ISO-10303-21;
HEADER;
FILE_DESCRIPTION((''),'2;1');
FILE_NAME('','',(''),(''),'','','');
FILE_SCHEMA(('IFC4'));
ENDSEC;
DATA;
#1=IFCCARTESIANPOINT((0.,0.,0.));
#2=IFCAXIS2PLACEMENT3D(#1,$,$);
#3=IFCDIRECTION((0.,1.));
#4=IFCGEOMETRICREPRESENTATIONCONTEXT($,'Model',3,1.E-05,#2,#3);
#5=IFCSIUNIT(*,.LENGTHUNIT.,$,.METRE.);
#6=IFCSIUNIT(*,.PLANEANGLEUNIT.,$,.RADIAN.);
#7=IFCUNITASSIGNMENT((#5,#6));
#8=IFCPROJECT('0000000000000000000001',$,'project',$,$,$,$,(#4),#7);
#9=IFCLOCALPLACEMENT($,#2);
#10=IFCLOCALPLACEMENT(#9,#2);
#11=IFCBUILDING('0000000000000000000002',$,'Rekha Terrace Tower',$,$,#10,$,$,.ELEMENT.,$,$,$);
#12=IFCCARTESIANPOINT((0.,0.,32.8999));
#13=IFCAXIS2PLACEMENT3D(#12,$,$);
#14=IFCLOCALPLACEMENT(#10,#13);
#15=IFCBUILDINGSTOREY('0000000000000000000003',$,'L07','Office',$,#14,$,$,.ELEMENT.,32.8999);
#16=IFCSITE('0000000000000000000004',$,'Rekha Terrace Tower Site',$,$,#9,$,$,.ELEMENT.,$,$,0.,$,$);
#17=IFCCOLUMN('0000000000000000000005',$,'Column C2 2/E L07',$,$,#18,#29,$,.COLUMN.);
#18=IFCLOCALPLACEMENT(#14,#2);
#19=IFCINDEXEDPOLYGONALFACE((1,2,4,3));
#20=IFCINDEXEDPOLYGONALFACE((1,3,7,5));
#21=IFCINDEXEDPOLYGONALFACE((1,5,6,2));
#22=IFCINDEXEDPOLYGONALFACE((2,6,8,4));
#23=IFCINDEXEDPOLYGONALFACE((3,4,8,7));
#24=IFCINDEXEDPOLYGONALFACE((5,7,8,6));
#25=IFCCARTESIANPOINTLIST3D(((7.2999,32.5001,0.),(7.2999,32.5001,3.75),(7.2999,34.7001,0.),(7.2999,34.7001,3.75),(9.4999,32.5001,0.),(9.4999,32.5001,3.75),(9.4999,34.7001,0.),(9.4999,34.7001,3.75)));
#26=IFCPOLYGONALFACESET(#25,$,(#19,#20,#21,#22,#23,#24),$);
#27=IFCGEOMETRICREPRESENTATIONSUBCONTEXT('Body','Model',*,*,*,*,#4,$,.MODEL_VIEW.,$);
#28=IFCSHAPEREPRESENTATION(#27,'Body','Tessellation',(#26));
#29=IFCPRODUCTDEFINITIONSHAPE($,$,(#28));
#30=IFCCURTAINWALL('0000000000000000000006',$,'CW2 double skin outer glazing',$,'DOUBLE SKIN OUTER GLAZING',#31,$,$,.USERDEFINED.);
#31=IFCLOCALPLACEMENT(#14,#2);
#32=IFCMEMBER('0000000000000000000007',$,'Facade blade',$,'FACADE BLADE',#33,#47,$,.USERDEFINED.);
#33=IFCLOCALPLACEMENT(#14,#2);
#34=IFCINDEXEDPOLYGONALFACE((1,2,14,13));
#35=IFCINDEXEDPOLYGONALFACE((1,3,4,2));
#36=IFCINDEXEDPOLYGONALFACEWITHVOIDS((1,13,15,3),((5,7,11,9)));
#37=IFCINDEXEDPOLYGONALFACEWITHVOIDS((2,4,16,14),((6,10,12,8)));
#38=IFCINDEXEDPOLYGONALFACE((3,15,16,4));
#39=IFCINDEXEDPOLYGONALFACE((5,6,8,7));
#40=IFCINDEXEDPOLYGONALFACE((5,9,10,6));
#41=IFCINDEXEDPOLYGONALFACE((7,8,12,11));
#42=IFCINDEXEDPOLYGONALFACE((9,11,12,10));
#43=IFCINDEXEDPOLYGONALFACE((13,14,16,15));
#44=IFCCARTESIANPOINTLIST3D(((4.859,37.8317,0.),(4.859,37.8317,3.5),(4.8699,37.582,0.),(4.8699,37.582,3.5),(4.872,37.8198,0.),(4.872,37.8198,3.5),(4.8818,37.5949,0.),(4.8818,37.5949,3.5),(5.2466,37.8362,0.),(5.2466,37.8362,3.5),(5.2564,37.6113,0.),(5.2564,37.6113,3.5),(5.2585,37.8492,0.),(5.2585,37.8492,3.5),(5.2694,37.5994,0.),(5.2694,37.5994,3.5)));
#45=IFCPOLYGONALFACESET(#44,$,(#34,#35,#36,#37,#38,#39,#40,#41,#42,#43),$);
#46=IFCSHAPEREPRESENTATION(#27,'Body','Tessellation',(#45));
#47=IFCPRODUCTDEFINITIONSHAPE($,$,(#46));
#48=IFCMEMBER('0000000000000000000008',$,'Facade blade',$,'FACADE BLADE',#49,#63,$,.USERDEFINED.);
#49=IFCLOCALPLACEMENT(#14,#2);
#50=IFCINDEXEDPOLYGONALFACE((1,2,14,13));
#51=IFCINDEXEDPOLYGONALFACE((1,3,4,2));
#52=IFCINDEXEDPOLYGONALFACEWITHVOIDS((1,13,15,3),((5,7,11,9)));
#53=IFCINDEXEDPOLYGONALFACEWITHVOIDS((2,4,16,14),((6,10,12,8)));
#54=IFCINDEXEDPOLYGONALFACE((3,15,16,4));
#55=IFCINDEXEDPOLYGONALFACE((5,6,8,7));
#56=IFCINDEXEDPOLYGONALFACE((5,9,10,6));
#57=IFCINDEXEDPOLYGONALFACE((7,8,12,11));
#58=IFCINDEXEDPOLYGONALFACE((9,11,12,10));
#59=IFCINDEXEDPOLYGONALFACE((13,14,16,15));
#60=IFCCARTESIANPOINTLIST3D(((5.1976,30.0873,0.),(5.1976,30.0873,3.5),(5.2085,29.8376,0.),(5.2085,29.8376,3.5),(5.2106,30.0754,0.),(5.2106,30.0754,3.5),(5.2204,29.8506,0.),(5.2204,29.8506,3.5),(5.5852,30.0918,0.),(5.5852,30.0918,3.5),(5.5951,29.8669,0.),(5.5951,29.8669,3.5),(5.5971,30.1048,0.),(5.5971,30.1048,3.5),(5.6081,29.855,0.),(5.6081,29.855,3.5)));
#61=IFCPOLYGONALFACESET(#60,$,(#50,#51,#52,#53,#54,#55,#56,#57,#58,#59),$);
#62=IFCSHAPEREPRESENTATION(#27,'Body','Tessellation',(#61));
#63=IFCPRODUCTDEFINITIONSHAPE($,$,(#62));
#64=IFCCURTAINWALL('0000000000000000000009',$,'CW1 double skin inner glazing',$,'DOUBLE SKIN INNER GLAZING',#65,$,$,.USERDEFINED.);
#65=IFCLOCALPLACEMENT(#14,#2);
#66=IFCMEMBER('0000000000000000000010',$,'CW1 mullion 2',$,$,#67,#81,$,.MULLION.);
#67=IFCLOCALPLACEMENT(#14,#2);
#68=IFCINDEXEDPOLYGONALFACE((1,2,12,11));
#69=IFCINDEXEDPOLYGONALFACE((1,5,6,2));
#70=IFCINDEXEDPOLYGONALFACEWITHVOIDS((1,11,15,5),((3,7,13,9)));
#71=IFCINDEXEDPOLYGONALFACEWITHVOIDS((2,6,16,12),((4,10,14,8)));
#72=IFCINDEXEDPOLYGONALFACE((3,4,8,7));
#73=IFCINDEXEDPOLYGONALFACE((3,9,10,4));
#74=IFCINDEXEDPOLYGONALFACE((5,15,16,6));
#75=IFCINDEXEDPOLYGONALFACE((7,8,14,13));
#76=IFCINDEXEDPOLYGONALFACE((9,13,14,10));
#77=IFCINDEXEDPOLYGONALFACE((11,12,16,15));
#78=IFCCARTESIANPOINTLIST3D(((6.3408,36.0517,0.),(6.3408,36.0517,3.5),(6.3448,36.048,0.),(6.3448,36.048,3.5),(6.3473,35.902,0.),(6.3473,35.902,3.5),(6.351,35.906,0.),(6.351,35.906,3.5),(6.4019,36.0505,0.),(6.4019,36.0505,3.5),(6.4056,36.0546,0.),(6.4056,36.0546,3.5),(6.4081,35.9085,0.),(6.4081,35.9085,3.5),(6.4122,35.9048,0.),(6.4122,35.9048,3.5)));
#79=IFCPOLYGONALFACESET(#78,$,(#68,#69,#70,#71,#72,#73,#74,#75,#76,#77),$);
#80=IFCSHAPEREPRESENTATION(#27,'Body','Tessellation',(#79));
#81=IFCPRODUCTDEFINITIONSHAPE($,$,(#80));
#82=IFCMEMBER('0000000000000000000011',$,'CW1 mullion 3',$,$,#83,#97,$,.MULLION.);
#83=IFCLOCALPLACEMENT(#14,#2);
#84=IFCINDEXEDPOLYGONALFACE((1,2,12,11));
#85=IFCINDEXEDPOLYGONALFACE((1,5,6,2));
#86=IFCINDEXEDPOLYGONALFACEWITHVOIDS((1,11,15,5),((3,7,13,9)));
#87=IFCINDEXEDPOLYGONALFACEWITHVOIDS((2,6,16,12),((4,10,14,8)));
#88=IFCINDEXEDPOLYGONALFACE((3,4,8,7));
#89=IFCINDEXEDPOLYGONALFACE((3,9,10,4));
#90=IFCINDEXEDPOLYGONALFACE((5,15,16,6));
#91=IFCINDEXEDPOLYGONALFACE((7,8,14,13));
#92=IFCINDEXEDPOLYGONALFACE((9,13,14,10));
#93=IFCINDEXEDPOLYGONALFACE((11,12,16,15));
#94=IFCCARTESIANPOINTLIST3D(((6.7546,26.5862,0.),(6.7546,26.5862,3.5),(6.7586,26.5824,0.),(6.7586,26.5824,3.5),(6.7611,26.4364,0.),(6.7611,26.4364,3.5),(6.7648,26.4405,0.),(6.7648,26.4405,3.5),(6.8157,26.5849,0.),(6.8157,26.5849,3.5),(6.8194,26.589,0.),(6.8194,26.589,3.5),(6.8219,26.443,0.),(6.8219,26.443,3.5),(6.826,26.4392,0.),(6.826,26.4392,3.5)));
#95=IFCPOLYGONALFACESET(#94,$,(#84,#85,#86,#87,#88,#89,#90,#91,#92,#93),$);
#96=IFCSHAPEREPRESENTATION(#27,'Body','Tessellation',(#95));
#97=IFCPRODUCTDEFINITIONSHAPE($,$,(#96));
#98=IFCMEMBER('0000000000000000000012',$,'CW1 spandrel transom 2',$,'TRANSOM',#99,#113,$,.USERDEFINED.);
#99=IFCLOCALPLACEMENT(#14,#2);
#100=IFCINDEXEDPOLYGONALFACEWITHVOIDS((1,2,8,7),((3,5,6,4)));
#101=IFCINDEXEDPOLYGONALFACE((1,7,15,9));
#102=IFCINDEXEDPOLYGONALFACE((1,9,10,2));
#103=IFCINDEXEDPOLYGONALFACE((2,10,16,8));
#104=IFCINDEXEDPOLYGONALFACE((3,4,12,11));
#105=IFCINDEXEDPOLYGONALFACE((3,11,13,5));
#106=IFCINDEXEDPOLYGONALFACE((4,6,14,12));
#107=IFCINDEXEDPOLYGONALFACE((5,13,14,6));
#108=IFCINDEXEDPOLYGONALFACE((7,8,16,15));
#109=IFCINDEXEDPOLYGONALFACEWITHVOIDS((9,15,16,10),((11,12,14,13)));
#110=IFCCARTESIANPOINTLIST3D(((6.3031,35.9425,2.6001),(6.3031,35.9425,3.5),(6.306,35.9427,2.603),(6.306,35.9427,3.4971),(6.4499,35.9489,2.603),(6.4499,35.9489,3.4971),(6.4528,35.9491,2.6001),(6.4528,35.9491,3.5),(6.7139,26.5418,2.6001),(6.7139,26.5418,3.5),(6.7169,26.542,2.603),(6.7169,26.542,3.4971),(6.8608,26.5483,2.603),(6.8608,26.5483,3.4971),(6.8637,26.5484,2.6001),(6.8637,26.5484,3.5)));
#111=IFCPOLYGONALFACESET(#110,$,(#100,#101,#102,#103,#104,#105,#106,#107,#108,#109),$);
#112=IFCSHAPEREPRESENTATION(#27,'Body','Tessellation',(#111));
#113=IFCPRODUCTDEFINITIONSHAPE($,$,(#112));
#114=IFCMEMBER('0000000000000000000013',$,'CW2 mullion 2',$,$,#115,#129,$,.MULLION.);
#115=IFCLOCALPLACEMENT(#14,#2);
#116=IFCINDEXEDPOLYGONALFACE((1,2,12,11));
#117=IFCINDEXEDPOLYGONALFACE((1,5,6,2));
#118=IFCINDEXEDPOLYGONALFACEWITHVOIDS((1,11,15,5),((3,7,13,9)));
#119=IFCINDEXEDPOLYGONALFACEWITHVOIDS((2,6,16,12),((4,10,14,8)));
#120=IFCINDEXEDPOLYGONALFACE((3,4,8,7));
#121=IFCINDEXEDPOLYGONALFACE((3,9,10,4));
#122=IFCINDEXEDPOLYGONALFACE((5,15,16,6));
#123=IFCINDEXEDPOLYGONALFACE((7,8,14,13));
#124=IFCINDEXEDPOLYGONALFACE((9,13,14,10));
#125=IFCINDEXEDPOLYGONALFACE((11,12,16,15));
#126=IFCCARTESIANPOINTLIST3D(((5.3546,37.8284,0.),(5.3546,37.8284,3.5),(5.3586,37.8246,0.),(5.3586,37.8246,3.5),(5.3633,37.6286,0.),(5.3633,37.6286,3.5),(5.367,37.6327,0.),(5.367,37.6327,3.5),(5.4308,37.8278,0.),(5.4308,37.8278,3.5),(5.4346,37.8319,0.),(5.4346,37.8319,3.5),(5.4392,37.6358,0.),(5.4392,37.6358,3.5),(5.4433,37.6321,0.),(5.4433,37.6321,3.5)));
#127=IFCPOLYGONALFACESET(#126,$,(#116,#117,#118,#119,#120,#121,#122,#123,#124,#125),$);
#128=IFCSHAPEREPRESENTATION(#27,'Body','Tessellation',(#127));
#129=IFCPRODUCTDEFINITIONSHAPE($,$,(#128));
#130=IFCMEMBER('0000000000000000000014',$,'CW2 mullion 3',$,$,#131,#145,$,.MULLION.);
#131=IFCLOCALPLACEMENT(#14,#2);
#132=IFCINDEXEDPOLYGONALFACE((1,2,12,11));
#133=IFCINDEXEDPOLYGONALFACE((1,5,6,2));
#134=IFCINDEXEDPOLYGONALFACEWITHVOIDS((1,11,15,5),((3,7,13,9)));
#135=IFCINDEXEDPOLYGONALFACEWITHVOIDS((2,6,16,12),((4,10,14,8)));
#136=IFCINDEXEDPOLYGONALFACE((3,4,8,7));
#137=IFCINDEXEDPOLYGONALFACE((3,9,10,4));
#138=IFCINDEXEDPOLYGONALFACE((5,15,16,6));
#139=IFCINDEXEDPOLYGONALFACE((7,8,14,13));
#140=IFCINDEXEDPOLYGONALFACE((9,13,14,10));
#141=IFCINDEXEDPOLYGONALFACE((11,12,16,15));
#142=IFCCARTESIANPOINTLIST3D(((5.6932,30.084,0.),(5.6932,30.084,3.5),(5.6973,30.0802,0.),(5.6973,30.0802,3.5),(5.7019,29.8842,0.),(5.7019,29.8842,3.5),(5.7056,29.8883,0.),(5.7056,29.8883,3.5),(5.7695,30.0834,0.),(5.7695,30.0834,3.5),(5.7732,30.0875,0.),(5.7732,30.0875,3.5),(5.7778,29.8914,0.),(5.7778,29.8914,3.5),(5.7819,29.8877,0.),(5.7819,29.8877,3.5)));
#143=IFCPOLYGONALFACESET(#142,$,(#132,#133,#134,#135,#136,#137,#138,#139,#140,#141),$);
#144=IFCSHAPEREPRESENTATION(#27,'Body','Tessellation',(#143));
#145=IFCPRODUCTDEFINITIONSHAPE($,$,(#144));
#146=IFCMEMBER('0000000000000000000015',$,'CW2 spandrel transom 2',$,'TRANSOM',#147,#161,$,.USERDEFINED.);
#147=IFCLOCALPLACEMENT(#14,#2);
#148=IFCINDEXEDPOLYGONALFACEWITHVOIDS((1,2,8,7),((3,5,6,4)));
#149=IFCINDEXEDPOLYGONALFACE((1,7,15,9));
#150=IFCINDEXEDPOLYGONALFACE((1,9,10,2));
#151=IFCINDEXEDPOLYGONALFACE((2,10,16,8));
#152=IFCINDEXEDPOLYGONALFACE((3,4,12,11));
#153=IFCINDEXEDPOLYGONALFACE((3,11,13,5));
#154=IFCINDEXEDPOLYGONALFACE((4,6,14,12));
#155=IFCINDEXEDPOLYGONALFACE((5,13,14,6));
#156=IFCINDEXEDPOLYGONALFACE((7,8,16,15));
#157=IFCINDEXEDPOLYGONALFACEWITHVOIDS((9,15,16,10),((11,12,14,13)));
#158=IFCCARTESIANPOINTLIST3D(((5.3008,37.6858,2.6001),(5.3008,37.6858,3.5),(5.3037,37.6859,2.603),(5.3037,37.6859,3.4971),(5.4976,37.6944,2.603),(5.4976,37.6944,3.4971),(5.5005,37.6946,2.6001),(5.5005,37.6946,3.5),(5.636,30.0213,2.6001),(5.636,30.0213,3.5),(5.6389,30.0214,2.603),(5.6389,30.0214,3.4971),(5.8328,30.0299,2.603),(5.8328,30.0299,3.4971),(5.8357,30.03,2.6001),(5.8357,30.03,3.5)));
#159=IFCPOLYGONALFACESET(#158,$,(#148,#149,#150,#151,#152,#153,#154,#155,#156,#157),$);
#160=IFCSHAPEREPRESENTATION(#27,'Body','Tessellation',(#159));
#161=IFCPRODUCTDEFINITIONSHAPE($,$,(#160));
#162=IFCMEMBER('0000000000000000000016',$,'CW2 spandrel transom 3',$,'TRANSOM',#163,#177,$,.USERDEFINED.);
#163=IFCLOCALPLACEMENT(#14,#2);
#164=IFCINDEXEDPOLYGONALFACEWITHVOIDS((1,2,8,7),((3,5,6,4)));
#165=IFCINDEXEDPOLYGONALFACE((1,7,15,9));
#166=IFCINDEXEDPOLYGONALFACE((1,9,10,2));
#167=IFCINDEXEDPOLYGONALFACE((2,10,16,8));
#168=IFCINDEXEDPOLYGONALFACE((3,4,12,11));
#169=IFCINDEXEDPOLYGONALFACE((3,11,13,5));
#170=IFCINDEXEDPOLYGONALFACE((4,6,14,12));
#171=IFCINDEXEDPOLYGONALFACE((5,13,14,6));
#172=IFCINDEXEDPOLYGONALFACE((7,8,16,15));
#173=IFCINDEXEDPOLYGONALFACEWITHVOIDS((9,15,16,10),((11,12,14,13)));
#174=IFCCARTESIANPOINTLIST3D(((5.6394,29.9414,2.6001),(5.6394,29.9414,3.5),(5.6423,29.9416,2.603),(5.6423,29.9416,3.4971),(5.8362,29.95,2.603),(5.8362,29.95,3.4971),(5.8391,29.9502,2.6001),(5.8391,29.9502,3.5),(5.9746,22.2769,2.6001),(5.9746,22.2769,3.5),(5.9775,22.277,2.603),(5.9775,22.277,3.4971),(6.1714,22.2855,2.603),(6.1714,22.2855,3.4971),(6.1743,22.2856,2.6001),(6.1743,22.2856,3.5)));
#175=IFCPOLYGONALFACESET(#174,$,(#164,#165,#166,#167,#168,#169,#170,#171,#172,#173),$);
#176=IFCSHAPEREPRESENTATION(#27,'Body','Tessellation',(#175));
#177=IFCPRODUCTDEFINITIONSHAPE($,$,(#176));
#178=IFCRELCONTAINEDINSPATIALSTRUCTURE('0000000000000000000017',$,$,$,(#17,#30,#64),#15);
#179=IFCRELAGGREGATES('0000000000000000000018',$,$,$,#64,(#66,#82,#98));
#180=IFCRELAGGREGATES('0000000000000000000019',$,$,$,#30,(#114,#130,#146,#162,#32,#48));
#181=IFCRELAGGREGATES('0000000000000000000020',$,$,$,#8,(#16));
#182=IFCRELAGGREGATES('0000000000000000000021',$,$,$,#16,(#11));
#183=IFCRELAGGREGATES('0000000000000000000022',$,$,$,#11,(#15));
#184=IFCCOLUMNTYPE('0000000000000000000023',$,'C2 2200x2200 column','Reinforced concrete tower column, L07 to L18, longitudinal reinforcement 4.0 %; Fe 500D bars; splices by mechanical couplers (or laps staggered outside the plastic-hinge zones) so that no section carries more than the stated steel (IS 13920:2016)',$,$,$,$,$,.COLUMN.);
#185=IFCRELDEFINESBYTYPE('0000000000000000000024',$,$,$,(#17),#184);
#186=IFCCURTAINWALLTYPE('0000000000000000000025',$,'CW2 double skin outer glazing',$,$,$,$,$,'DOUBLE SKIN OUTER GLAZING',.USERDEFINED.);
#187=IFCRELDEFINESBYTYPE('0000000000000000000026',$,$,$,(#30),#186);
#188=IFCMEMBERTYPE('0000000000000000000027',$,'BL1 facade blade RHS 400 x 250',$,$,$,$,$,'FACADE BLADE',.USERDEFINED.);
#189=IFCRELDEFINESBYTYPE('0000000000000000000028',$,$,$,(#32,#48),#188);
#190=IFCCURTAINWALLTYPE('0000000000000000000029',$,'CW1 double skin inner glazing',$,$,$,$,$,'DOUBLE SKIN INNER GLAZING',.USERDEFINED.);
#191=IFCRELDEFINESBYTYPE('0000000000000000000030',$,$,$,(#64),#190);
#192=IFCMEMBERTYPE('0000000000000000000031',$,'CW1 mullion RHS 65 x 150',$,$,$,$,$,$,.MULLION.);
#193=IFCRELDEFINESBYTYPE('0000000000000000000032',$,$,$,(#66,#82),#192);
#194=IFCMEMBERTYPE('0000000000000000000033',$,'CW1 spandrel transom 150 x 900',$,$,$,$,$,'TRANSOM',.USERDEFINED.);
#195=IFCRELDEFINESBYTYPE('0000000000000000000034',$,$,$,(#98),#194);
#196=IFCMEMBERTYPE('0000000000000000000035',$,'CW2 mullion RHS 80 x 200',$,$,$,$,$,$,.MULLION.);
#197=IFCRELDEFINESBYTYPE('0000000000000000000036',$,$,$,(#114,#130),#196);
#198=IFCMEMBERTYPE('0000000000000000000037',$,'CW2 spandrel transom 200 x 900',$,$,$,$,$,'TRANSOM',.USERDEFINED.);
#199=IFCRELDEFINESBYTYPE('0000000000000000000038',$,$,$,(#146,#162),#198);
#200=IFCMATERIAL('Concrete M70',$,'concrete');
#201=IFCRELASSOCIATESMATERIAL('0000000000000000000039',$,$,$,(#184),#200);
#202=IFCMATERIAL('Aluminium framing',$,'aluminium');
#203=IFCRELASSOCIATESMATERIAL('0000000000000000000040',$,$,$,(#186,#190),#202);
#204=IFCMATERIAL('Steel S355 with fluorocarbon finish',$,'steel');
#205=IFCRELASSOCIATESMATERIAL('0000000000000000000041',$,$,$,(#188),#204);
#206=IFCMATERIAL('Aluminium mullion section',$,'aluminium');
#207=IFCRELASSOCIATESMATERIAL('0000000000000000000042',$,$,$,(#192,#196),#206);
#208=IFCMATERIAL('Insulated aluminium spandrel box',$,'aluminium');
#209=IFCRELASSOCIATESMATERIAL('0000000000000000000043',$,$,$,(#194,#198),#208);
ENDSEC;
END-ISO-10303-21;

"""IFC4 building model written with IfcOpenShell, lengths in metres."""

from ifc_helpers import new_model, si_unit, direction, frame, origin, origin_2d, place, context, subcontext, project, spatial, rectangle, hollow_rectangle, extrude, material, material_profile, profile_set, type_object, element, aggregate, save


model = new_model("IFC4")

# Units and contexts
model_context = context("Model", 3, precision=1e-05, world=origin(), true_north=direction((0.0, 1.0)))
body_context = subcontext(model_context, "Body", "Model", "MODEL_VIEW")
ifc_project = project(units=[si_unit("LENGTHUNIT", "METRE"), si_unit("PLANEANGLEUNIT", "RADIAN")], contexts=[model_context])

# Site, building, storey
site_placement = place(None, origin())
site = spatial("IfcSite", under=ifc_project, at=site_placement, Name="Rekha Terrace Tower Site", CompositionType="ELEMENT", RefElevation=0.0)
building_placement = place(site_placement, origin())
building = spatial("IfcBuilding", under=site, at=building_placement, Name="Rekha Terrace Tower", CompositionType="ELEMENT")
storey_placement = place(building_placement, frame((0.0, 0.0, 32.8999)))
storey = spatial("IfcBuildingStorey", under=building, at=storey_placement, Name="L07", Description="Office", CompositionType="ELEMENT", Elevation=32.8999)

# Column
ifc_material_1 = material(Name="Concrete M70", Category="concrete")
ifc_material_profile_1 = material_profile(ifc_material_1, rectangle(XDim=2.2, YDim=2.2, at=origin_2d()), Name="RC 2200x2200")
ifc_profile_set_1 = profile_set([ifc_material_profile_1], Name="Concrete M70")
column_type = type_object("IfcColumnType", Name="C2 2200x2200 column", Description="Reinforced concrete tower column, L07 to L18, longitudinal reinforcement 4.0 %; Fe 500D bars; splices by mechanical couplers (or laps staggered outside the plastic-hinge zones) so that no section carries more than the stated steel (IS 13920:2016)", PredefinedType="COLUMN", material=ifc_profile_set_1)
column_placement = place(storey_placement, frame((8.3999, 33.6001, 0.0), z_axis=(0.0, 0.0, 1.0), x_axis=(1.0, 0.0, 0.0)))
element("IfcColumn", 1, at=column_placement, inside=storey, type_object=column_type, Name="Column C2 2/E L07", PredefinedType="COLUMN", context=body_context, shape_type="SweptSolid", body=[
    extrude(rectangle(XDim=2.2, YDim=2.2, at=origin_2d()), origin(), (0.0, 0.0, 1.0), 3.75),
])

# Curtain walls, members
ifc_material_2 = material(Name="Aluminium framing", Category="aluminium")
curtain_wall_type_1 = type_object("IfcCurtainWallType", Name="CW2 double skin outer glazing", ElementType="DOUBLE SKIN OUTER GLAZING", PredefinedType="USERDEFINED", material=ifc_material_2)
curtain_wall_1_placement = place(storey_placement, origin())
curtain_wall_1 = element("IfcCurtainWall", 2, at=curtain_wall_1_placement, inside=storey, type_object=curtain_wall_type_1, Name="CW2 double skin outer glazing", ObjectType="DOUBLE SKIN OUTER GLAZING", PredefinedType="USERDEFINED")
ifc_material_3 = material(Name="Steel S355 with fluorocarbon finish", Category="steel")
ifc_material_profile_2 = material_profile(ifc_material_3, hollow_rectangle(XDim=0.25, YDim=0.3999, WallThickness=0.0125, at=origin_2d()), Name="RHS400x250x12.5")
ifc_profile_set_2 = profile_set([ifc_material_profile_2], Name="Steel S355 with fluorocarbon finish")
member_type_1 = type_object("IfcMemberType", Name="BL1 facade blade RHS 400 x 250", ElementType="FACADE BLADE", PredefinedType="USERDEFINED", material=ifc_profile_set_2)
member_1_placement = place(storey_placement, frame((5.0642, 37.7156, 0.0), z_axis=(0.0, 0.0, 1.0), x_axis=(0.043682, -0.999045, 0.0)))
member_1 = element("IfcMember", 3, at=member_1_placement, type_object=member_type_1, Name="Facade blade", ObjectType="FACADE BLADE", PredefinedType="USERDEFINED", context=body_context, shape_type="SweptSolid", body=[
    extrude(hollow_rectangle(XDim=0.25, YDim=0.3999, WallThickness=0.0125, at=origin_2d()), origin(), (0.0, 0.0, 1.0), 3.5),
])
member_2_placement = place(storey_placement, frame((5.4028, 29.9712, 0.0), z_axis=(0.0, 0.0, 1.0), x_axis=(0.043682, -0.999045, 0.0)))
member_2 = element("IfcMember", 4, at=member_2_placement, type_object=member_type_1, Name="Facade blade", ObjectType="FACADE BLADE", PredefinedType="USERDEFINED", context=body_context, shape_type="SweptSolid", body=[
    extrude(hollow_rectangle(XDim=0.25, YDim=0.3999, WallThickness=0.0125, at=origin_2d()), origin(), (0.0, 0.0, 1.0), 3.5),
])
curtain_wall_type_2 = type_object("IfcCurtainWallType", Name="CW1 double skin inner glazing", ElementType="DOUBLE SKIN INNER GLAZING", PredefinedType="USERDEFINED", material=ifc_material_2)
curtain_wall_2_placement = place(storey_placement, origin())
curtain_wall_2 = element("IfcCurtainWall", 5, at=curtain_wall_2_placement, inside=storey, type_object=curtain_wall_type_2, Name="CW1 double skin inner glazing", ObjectType="DOUBLE SKIN INNER GLAZING", PredefinedType="USERDEFINED")
ifc_material_4 = material(Name="Aluminium mullion section", Category="aluminium")
ifc_material_profile_3 = material_profile(ifc_material_4, hollow_rectangle(XDim=0.0649, YDim=0.1499, WallThickness=0.0039, at=origin_2d()), Name="AL RHS 65x150")
ifc_profile_set_3 = profile_set([ifc_material_profile_3], Name="Aluminium mullion section")
member_type_2 = type_object("IfcMemberType", Name="CW1 mullion RHS 65 x 150", PredefinedType="MULLION", material=ifc_profile_set_3)
member_3_placement = place(storey_placement, frame((6.3765, 35.9783, 0.0), z_axis=(0.0, 0.0, 1.0), x_axis=(0.999045, 0.043683, 0.0)))
member_3 = element("IfcMember", 6, at=member_3_placement, type_object=member_type_2, Name="CW1 mullion 2", PredefinedType="MULLION", context=body_context, shape_type="SweptSolid", body=[
    extrude(hollow_rectangle(XDim=0.0649, YDim=0.1499, WallThickness=0.0039, at=origin_2d()), origin(), (0.0, 0.0, 1.0), 3.5),
])
member_4_placement = place(storey_placement, frame((6.7903, 26.5127, 0.0), z_axis=(0.0, 0.0, 1.0), x_axis=(0.999045, 0.043683, 0.0)))
member_4 = element("IfcMember", 7, at=member_4_placement, type_object=member_type_2, Name="CW1 mullion 3", PredefinedType="MULLION", context=body_context, shape_type="SweptSolid", body=[
    extrude(hollow_rectangle(XDim=0.0649, YDim=0.1499, WallThickness=0.0039, at=origin_2d()), origin(), (0.0, 0.0, 1.0), 3.5),
])
ifc_material_5 = material(Name="Insulated aluminium spandrel box", Category="aluminium")
ifc_material_profile_4 = material_profile(ifc_material_5, hollow_rectangle(XDim=0.1499, YDim=0.8999, WallThickness=0.0029, at=origin_2d()), Name="AL SPANDREL BOX 150x900")
ifc_profile_set_4 = profile_set([ifc_material_profile_4], Name="Insulated aluminium spandrel box")
member_type_3 = type_object("IfcMemberType", Name="CW1 spandrel transom 150 x 900", ElementType="TRANSOM", PredefinedType="USERDEFINED", material=ifc_profile_set_4)
member_5_placement = place(storey_placement, frame((6.3779, 35.9458, 3.05), z_axis=(0.043667, -0.999046, 0.0), x_axis=(0.999046, 0.043667, 0.0)))
member_5 = element("IfcMember", 8, at=member_5_placement, type_object=member_type_3, Name="CW1 spandrel transom 2", ObjectType="TRANSOM", PredefinedType="USERDEFINED", context=body_context, shape_type="SweptSolid", body=[
    extrude(hollow_rectangle(XDim=0.1499, YDim=0.8999, WallThickness=0.0029, at=origin_2d()), origin(), (0.0, 0.0, 1.0), 9.4097),
])

# Members
ifc_material_profile_5 = material_profile(ifc_material_4, hollow_rectangle(XDim=0.0801, YDim=0.2, WallThickness=0.0039, at=origin_2d()), Name="AL RHS 80x200")
ifc_profile_set_5 = profile_set([ifc_material_profile_5], Name="Aluminium mullion section")
member_type_4 = type_object("IfcMemberType", Name="CW2 mullion RHS 80 x 200", PredefinedType="MULLION", material=ifc_profile_set_5)
member_6_placement = place(storey_placement, frame((5.3989, 37.7302, 0.0), z_axis=(0.0, 0.0, 1.0), x_axis=(0.999045, 0.043683, 0.0)))
member_6 = element("IfcMember", 9, at=member_6_placement, type_object=member_type_4, Name="CW2 mullion 2", PredefinedType="MULLION", context=body_context, shape_type="SweptSolid", body=[
    extrude(hollow_rectangle(XDim=0.0801, YDim=0.2, WallThickness=0.0039, at=origin_2d()), origin(), (0.0, 0.0, 1.0), 3.5),
])
member_7_placement = place(storey_placement, frame((5.7375, 29.9858, 0.0), z_axis=(0.0, 0.0, 1.0), x_axis=(0.999045, 0.043683, 0.0)))
member_7 = element("IfcMember", 10, at=member_7_placement, type_object=member_type_4, Name="CW2 mullion 3", PredefinedType="MULLION", context=body_context, shape_type="SweptSolid", body=[
    extrude(hollow_rectangle(XDim=0.0801, YDim=0.2, WallThickness=0.0039, at=origin_2d()), origin(), (0.0, 0.0, 1.0), 3.5),
])
ifc_material_profile_6 = material_profile(ifc_material_5, hollow_rectangle(XDim=0.2, YDim=0.8999, WallThickness=0.0029, at=origin_2d()), Name="AL SPANDREL BOX 200x900")
ifc_profile_set_6 = profile_set([ifc_material_profile_6], Name="Insulated aluminium spandrel box")
member_type_5 = type_object("IfcMemberType", Name="CW2 spandrel transom 200 x 900", ElementType="TRANSOM", PredefinedType="USERDEFINED", material=ifc_profile_set_6)
member_8_placement = place(storey_placement, frame((5.4006, 37.6902, 3.05), z_axis=(0.043693, -0.999045, 0.0), x_axis=(0.999045, 0.043693, 0.0)))
member_8 = element("IfcMember", 11, at=member_8_placement, type_object=member_type_5, Name="CW2 spandrel transom 2", ObjectType="TRANSOM", PredefinedType="USERDEFINED", context=body_context, shape_type="SweptSolid", body=[
    extrude(hollow_rectangle(XDim=0.2, YDim=0.8999, WallThickness=0.0029, at=origin_2d()), origin(), (0.0, 0.0, 1.0), 7.6719),
])
member_9_placement = place(storey_placement, frame((5.7393, 29.9458, 3.05), z_axis=(0.043693, -0.999045, 0.0), x_axis=(0.999045, 0.043693, 0.0)))
member_9 = element("IfcMember", 12, at=member_9_placement, type_object=member_type_5, Name="CW2 spandrel transom 3", ObjectType="TRANSOM", PredefinedType="USERDEFINED", context=body_context, shape_type="SweptSolid", body=[
    extrude(hollow_rectangle(XDim=0.2, YDim=0.8999, WallThickness=0.0029, at=origin_2d()), origin(), (0.0, 0.0, 1.0), 7.6719),
])

aggregate(curtain_wall_2, [member_3, member_4, member_5])
aggregate(curtain_wall_1, [member_6, member_7, member_8, member_9, member_1, member_2])

save(model, "model.ifc")
